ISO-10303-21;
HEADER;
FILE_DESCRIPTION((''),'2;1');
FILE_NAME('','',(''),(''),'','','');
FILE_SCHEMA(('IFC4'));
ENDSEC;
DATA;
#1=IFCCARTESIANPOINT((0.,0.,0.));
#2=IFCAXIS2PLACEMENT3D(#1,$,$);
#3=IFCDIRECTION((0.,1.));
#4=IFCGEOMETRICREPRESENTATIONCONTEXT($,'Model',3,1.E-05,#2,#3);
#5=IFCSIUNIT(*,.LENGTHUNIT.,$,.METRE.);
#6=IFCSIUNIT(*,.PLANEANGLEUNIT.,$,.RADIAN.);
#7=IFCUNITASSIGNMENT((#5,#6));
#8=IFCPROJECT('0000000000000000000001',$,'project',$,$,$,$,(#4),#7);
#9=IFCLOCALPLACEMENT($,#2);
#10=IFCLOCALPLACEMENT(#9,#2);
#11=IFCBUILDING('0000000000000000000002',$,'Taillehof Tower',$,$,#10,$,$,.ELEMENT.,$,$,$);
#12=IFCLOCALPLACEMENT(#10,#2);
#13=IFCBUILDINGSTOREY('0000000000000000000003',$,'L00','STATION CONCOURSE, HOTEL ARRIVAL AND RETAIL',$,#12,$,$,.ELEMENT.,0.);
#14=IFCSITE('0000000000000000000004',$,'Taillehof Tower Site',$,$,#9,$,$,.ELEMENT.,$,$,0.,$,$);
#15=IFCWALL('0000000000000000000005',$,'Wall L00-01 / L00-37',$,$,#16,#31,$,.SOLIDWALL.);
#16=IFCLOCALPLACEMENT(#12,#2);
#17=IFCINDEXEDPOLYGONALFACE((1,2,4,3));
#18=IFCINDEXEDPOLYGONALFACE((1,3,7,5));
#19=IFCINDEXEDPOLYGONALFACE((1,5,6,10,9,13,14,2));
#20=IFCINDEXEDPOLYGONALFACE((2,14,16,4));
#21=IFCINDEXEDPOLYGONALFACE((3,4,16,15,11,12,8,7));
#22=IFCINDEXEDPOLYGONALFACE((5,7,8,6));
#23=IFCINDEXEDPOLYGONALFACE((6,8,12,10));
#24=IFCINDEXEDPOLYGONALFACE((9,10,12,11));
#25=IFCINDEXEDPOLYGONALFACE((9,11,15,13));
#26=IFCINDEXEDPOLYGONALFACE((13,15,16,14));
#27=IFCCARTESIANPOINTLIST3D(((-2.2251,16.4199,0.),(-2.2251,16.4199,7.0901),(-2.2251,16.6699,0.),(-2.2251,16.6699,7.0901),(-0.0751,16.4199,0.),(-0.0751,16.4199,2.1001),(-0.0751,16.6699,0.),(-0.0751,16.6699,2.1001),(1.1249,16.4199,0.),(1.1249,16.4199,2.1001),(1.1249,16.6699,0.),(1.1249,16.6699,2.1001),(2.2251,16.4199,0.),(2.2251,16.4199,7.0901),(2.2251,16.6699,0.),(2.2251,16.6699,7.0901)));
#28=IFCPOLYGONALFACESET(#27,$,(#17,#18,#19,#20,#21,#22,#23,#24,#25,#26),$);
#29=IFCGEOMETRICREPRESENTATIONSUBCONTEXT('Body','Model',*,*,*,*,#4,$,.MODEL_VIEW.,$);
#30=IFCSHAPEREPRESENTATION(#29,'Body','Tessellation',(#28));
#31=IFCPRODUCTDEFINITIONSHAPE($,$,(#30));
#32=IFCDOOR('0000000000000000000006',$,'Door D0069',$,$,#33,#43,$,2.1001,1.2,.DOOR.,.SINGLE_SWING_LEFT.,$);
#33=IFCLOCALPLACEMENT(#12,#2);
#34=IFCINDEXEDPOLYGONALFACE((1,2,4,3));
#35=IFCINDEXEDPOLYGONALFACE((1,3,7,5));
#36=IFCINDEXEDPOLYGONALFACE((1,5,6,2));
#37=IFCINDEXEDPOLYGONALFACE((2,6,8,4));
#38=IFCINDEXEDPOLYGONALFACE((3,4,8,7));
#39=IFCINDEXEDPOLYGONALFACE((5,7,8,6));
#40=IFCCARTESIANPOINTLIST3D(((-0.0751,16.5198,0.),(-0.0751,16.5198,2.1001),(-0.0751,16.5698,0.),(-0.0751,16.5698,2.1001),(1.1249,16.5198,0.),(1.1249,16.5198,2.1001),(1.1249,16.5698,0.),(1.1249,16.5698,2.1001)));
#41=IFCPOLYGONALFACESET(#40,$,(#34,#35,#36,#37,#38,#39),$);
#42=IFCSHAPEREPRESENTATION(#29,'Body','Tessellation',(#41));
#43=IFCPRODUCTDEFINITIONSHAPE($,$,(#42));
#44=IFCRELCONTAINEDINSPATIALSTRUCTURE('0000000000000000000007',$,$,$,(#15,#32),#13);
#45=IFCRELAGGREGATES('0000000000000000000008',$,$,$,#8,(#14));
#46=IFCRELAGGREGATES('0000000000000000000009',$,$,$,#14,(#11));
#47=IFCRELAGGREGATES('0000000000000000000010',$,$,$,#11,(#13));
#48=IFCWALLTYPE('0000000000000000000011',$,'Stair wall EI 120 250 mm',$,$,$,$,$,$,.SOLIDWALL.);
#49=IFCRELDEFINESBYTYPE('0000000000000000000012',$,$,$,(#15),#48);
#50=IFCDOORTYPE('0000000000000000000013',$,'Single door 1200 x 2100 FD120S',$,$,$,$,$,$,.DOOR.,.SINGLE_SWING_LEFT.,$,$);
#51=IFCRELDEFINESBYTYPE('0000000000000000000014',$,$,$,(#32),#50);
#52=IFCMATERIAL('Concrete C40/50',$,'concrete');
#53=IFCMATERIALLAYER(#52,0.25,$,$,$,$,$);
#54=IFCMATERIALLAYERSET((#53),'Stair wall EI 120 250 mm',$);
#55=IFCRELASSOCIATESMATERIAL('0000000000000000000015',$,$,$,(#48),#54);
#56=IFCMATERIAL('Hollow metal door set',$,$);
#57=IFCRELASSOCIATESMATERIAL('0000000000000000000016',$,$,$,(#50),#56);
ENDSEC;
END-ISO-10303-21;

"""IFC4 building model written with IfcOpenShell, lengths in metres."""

from ifc_helpers import new_model, si_unit, direction, frame, frame_2d, origin, place, context, subcontext, project, spatial, rectangle, extrude, material, layer, layer_set, type_object, element, fill, save


model = new_model("IFC4")

# Units and contexts
model_context = context("Model", 3, precision=1e-05, world=origin(), true_north=direction((0.0, 1.0)))
body_context = subcontext(model_context, "Body", "Model", "MODEL_VIEW")
ifc_project = project(units=[si_unit("LENGTHUNIT", "METRE"), si_unit("PLANEANGLEUNIT", "RADIAN")], contexts=[model_context])

# Site, building, storey
site_placement = place(None, origin())
site = spatial("IfcSite", under=ifc_project, at=site_placement, Name="Taillehof Tower Site", CompositionType="ELEMENT", RefElevation=0.0)
building_placement = place(site_placement, origin())
building = spatial("IfcBuilding", under=site, at=building_placement, Name="Taillehof Tower", CompositionType="ELEMENT")
storey_placement = place(building_placement, origin())
storey = spatial("IfcBuildingStorey", under=building, at=storey_placement, Name="L00", Description="STATION CONCOURSE, HOTEL ARRIVAL AND RETAIL", CompositionType="ELEMENT", Elevation=0.0)

# Wall, opening, door
ifc_material_1 = material(Name="Concrete C40/50", Category="concrete")
ifc_layer_1 = layer(ifc_material_1, 0.25)
ifc_layer_set_1 = layer_set([ifc_layer_1], Name="Stair wall EI 120 250 mm")
wall_type_1 = type_object("IfcWallType", Name="Stair wall EI 120 250 mm", PredefinedType="SOLIDWALL", material=ifc_layer_set_1)
wall_1_placement = place(storey_placement, frame((-2.2251, 16.5449, 0.0), z_axis=(0.0, 0.0, 1.0), x_axis=(1.0, 0.0, 0.0)))
wall_1 = element("IfcWall", 1, at=wall_1_placement, inside=storey, type_object=wall_type_1, Name="Wall L00-01 / L00-37", PredefinedType="SOLIDWALL", context=body_context, shape_type="SweptSolid", body=[
    extrude(rectangle(XDim=4.4502, YDim=0.25, at=frame_2d((2.2251, 0.0))), origin(), (0.0, 0.0, 1.0), 7.0901),
])
opening_placement = place(wall_1_placement, frame((2.1499, 0.0, 0.0)))
opening = element("IfcOpeningElement", 2, at=opening_placement, cuts=wall_1, PredefinedType="OPENING", context=body_context, shape_type="SweptSolid", body=[
    extrude(rectangle(XDim=1.2, YDim=2.1001, at=frame_2d((0.6001, 1.05))), frame((0.0, 0.135, 0.0), z_axis=(0.0, -1.0, 0.0), x_axis=(1.0, 0.0, 0.0)), (0.0, 0.0, 1.0), 0.27),
])
ifc_material_2 = material(Name="Hollow metal door set")
door_type = type_object("IfcDoorType", Name="Single door 1200 x 2100 FD120S", OperationType="SINGLE_SWING_LEFT", PredefinedType="DOOR", material=ifc_material_2)
door_placement = place(opening_placement, origin())
door = element("IfcDoor", 3, at=door_placement, inside=storey, type_object=door_type, Name="Door D0069", OperationType="SINGLE_SWING_LEFT", OverallHeight=2.1001, OverallWidth=1.2, PredefinedType="DOOR", context=body_context, shape_type="SweptSolid", body=[
    extrude(rectangle(XDim=1.2, YDim=2.1001, at=frame_2d((0.6001, 1.05))), frame((0.0, 0.0249, 0.0), z_axis=(0.0, -1.0, 0.0), x_axis=(1.0, 0.0, 0.0)), (0.0, 0.0, 1.0), 0.05),
])
fill(opening, door)

save(model, "model.ifc")
